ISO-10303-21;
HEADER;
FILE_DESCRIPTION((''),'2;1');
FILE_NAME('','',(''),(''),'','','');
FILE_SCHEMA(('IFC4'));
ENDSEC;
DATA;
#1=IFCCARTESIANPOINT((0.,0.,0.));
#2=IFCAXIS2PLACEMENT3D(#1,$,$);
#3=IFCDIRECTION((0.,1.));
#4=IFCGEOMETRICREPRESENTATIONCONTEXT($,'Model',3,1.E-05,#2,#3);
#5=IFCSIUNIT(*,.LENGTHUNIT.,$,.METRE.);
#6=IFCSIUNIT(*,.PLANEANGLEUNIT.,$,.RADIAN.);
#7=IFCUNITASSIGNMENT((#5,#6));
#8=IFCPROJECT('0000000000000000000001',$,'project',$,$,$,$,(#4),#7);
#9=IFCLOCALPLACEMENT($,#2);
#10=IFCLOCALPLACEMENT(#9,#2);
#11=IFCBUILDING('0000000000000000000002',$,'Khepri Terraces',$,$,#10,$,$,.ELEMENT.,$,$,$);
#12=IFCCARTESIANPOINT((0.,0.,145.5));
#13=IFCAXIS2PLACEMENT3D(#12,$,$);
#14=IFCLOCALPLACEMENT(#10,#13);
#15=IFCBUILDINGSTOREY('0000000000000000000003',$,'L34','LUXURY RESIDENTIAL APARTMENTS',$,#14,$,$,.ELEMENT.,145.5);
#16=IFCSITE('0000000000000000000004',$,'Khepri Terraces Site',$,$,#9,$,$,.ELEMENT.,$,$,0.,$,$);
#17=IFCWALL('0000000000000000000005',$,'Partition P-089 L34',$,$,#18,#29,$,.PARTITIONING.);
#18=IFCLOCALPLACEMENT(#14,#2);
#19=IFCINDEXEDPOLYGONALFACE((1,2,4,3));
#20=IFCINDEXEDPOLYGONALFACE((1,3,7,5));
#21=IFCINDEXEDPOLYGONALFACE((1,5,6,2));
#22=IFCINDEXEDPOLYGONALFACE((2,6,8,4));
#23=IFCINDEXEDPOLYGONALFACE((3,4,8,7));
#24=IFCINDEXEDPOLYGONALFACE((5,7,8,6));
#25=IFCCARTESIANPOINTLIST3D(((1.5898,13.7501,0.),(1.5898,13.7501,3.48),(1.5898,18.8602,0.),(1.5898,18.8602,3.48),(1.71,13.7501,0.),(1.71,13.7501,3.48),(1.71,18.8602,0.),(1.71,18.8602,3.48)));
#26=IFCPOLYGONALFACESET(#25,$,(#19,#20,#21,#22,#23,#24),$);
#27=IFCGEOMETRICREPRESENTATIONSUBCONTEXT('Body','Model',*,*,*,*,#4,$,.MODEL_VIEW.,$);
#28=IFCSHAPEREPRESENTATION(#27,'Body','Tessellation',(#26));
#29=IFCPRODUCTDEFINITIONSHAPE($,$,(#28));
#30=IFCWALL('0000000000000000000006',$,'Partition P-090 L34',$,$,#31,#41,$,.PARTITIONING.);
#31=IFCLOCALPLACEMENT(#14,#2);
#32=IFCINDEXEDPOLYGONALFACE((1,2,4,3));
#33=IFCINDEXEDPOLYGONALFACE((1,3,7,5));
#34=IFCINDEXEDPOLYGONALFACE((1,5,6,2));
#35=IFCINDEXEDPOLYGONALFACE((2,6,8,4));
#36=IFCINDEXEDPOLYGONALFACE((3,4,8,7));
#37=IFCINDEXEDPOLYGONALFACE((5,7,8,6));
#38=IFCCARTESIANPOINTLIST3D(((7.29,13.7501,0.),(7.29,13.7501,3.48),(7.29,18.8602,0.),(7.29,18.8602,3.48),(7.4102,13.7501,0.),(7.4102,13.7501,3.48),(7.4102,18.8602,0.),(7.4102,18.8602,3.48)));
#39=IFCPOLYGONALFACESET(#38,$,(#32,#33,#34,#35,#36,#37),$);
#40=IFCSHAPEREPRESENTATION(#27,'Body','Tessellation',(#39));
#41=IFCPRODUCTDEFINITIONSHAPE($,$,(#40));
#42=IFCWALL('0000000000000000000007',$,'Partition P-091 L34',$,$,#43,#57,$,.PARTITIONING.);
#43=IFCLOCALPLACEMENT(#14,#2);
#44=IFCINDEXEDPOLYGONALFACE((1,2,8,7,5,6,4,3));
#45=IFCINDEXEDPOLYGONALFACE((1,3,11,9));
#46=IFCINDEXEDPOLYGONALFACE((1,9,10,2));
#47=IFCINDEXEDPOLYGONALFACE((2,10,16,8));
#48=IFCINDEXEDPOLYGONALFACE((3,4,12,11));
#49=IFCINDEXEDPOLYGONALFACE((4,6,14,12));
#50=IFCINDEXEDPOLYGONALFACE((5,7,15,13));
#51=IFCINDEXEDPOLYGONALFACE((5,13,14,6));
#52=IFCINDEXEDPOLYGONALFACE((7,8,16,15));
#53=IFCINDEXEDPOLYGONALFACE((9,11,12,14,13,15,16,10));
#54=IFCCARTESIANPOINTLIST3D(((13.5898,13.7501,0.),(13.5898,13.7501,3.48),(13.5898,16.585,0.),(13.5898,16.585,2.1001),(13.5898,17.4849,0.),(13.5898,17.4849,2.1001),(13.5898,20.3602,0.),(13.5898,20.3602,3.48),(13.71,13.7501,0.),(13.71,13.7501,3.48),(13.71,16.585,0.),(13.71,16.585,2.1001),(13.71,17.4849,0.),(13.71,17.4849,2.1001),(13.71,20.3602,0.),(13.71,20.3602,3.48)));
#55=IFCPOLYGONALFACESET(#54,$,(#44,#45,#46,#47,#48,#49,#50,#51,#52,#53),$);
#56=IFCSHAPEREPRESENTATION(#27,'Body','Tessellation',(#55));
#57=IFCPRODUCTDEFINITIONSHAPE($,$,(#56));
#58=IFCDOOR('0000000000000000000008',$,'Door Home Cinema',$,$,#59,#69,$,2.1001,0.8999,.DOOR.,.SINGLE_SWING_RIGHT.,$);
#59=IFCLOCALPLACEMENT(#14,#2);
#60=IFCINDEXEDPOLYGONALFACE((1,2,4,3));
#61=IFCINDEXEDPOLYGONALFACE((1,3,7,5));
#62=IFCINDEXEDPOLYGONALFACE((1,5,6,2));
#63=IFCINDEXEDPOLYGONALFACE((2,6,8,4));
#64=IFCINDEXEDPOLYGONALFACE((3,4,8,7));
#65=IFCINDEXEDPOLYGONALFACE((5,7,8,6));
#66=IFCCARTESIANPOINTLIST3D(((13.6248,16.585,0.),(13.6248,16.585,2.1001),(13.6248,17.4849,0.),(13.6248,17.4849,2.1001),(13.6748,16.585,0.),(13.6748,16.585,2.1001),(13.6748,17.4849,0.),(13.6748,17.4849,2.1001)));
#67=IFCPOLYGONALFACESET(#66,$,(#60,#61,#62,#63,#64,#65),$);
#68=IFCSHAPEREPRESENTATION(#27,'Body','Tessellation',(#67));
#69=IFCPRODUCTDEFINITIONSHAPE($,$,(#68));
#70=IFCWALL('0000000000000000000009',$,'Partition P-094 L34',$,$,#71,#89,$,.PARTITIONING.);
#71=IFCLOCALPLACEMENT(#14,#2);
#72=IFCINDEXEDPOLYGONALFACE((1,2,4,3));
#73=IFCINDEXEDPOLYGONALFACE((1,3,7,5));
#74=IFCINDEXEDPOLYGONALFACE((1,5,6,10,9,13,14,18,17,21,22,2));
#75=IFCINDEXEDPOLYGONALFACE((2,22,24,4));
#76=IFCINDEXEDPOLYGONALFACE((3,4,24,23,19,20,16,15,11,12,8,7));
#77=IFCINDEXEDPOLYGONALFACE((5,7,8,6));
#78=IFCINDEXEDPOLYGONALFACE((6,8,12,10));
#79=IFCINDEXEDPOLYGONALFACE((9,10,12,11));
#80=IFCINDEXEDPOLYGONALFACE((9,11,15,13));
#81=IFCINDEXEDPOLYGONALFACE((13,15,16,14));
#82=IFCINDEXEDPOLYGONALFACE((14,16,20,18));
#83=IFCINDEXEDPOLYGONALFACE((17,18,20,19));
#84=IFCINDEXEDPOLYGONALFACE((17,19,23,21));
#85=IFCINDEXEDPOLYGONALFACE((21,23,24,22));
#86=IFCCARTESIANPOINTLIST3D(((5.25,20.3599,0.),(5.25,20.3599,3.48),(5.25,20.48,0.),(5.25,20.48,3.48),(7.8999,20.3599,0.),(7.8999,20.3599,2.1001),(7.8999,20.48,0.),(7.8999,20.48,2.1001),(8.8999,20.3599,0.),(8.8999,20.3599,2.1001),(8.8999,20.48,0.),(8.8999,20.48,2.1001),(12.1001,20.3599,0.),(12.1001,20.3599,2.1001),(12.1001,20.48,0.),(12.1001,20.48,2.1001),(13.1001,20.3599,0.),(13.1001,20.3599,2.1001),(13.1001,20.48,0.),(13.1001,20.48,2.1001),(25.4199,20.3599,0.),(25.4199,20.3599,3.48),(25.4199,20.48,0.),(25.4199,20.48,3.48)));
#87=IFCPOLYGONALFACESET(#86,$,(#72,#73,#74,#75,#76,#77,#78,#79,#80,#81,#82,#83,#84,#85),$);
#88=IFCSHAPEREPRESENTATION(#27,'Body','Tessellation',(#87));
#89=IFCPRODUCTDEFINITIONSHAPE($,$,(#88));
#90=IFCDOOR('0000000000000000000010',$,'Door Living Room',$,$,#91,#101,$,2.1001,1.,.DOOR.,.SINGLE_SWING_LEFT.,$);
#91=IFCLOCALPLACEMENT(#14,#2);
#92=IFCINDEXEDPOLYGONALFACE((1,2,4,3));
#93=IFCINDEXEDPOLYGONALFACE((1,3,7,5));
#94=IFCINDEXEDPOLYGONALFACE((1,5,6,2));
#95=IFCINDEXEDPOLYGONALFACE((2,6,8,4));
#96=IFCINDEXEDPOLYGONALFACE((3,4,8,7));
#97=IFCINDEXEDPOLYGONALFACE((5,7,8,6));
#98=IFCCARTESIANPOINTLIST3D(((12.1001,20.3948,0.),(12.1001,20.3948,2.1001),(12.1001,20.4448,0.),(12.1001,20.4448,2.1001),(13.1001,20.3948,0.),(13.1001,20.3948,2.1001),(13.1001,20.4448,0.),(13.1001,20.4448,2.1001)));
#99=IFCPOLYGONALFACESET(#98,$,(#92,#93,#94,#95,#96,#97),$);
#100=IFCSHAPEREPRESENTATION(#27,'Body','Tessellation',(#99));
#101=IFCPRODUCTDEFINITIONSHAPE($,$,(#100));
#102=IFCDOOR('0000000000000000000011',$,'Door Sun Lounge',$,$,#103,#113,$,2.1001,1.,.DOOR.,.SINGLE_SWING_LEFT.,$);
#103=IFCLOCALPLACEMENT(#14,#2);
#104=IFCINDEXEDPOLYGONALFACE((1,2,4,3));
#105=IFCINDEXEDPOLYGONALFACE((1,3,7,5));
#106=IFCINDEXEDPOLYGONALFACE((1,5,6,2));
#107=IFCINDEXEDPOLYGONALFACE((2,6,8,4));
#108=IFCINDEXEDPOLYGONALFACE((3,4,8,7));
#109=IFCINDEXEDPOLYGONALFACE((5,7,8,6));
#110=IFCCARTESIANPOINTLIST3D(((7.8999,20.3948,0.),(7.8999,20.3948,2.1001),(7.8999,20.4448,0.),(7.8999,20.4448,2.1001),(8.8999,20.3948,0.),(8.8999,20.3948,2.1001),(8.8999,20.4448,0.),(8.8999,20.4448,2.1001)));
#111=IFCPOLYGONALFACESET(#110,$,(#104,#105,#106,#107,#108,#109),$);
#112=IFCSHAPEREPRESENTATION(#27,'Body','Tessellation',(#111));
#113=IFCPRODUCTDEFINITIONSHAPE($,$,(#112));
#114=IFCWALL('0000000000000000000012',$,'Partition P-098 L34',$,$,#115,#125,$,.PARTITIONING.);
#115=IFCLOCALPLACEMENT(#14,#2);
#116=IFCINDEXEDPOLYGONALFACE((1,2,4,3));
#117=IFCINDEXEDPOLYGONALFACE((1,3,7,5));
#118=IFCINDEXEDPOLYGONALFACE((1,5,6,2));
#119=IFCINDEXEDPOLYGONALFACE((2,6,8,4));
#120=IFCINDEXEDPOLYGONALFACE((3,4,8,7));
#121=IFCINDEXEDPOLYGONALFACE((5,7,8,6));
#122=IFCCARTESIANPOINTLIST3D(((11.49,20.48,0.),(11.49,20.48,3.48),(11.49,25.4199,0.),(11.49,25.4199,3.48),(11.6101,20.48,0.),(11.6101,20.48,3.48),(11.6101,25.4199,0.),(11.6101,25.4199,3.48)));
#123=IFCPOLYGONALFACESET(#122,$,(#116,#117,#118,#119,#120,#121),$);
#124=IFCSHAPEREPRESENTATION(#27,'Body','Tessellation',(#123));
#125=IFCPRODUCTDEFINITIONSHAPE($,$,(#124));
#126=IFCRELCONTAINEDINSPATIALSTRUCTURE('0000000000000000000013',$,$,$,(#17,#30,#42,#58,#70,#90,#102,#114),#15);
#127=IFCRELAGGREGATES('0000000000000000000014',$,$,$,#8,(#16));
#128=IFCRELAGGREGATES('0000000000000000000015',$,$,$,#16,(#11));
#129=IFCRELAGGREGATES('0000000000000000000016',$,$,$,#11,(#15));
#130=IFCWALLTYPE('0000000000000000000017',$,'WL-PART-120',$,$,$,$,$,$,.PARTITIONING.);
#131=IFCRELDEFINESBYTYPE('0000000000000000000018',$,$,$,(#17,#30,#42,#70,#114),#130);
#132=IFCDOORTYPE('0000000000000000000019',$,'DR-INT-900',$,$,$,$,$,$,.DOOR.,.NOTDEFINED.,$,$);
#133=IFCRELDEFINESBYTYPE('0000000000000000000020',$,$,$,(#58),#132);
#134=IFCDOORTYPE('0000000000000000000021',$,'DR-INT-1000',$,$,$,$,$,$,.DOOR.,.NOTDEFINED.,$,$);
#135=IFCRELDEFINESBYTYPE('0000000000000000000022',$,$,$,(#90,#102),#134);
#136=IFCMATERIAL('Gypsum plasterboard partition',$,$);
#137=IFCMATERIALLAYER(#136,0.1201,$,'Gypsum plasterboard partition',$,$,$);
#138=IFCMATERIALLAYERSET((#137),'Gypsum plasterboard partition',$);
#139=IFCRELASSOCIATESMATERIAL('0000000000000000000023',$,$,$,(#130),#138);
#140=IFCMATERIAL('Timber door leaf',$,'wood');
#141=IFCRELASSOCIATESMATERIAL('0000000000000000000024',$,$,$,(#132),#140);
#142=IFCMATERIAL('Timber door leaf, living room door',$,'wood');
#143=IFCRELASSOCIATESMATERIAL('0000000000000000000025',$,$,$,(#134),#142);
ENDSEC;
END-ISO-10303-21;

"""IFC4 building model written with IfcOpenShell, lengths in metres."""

from ifc_helpers import new_model, si_unit, direction, frame, frame_2d, origin, place, context, subcontext, project, spatial, rectangle, extrude, material, layer, layer_set, type_object, element, fill, save


model = new_model("IFC4")

# Units and contexts
model_context = context("Model", 3, precision=1e-05, world=origin(), true_north=direction((0.0, 1.0)))
body_context = subcontext(model_context, "Body", "Model", "MODEL_VIEW")
ifc_project = project(units=[si_unit("LENGTHUNIT", "METRE"), si_unit("PLANEANGLEUNIT", "RADIAN")], contexts=[model_context])

# Site, building, storey
site_placement = place(None, origin())
site = spatial("IfcSite", under=ifc_project, at=site_placement, Name="Khepri Terraces Site", CompositionType="ELEMENT", RefElevation=0.0)
building_placement = place(site_placement, origin())
building = spatial("IfcBuilding", under=site, at=building_placement, Name="Khepri Terraces", CompositionType="ELEMENT")
storey_placement = place(building_placement, frame((0.0, 0.0, 145.5)))
storey = spatial("IfcBuildingStorey", under=building, at=storey_placement, Name="L34", Description="LUXURY RESIDENTIAL APARTMENTS", CompositionType="ELEMENT", Elevation=145.5)

# Walls
ifc_material_1 = material(Name="Gypsum plasterboard partition")
ifc_layer_1 = layer(ifc_material_1, 0.1201, Name="Gypsum plasterboard partition")
ifc_layer_set_1 = layer_set([ifc_layer_1], Name="Gypsum plasterboard partition")
wall_type_1 = type_object("IfcWallType", Name="WL-PART-120", PredefinedType="PARTITIONING", material=ifc_layer_set_1)
for number, where, z_axis, x_axis, name in (
    (1, (1.6499, 13.75, 0.0), (0.0, 0.0, 1.0), (0.0, 1.0, 0.0), "Partition P-089 L34"),
    (2, (7.3501, 13.75, 0.0), (0.0, 0.0, 1.0), (0.0, 1.0, 0.0), "Partition P-090 L34"),
):
    element("IfcWall", number, at=place(storey_placement, frame(where, z_axis=z_axis, x_axis=x_axis)), inside=storey, type_object=wall_type_1, Name=name, PredefinedType="PARTITIONING", context=body_context, shape_type="SweptSolid", body=[
        extrude(rectangle(XDim=5.1101, YDim=0.1201, at=frame_2d((2.5552, 0.0))), origin(), (0.0, 0.0, 1.0), 3.48),
    ])

# Wall, opening, door
wall_1_placement = place(storey_placement, frame((13.6499, 13.75, 0.0), z_axis=(0.0, 0.0, 1.0), x_axis=(0.0, 1.0, 0.0)))
wall_1 = element("IfcWall", 3, at=wall_1_placement, inside=storey, type_object=wall_type_1, Name="Partition P-091 L34", PredefinedType="PARTITIONING", context=body_context, shape_type="SweptSolid", body=[
    extrude(rectangle(XDim=6.6101, YDim=0.1201, at=frame_2d((3.3052, 0.0))), origin(), (0.0, 0.0, 1.0), 3.48),
])
opening_1_placement = place(wall_1_placement, frame((2.835, 0.0, 0.0)))
opening_1 = element("IfcOpeningElement", 4, at=opening_1_placement, cuts=wall_1, PredefinedType="OPENING", context=body_context, shape_type="SweptSolid", body=[
    extrude(rectangle(XDim=0.8999, YDim=2.1001, at=frame_2d((0.45, 1.05))), frame((0.0, 0.0701, 0.0), z_axis=(0.0, -1.0, 0.0), x_axis=(1.0, 0.0, 0.0)), (0.0, 0.0, 1.0), 0.1401),
])
ifc_material_2 = material(Name="Timber door leaf", Category="wood")
door_type_1 = type_object("IfcDoorType", Name="DR-INT-900", OperationType="NOTDEFINED", PredefinedType="DOOR", material=ifc_material_2)
door_1_placement = place(opening_1_placement, frame((0.8999, 0.0, 0.0), z_axis=(0.0, 0.0, 1.0), x_axis=(-1.0, 0.0, 0.0)))
door_1 = element("IfcDoor", 5, at=door_1_placement, inside=storey, type_object=door_type_1, Name="Door Home Cinema", OperationType="SINGLE_SWING_RIGHT", OverallHeight=2.1001, OverallWidth=0.8999, PredefinedType="DOOR", context=body_context, shape_type="SweptSolid", body=[
    extrude(rectangle(XDim=0.8999, YDim=2.1001, at=frame_2d((0.45, 1.05))), frame((0.0, 0.0249, 0.0), z_axis=(0.0, -1.0, 0.0), x_axis=(1.0, 0.0, 0.0)), (0.0, 0.0, 1.0), 0.05),
])
fill(opening_1, door_1)

# Wall, openings, doors
wall_2_placement = place(storey_placement, frame((5.25, 20.4199, 0.0), z_axis=(0.0, 0.0, 1.0), x_axis=(1.0, 0.0, 0.0)))
wall_2 = element("IfcWall", 6, at=wall_2_placement, inside=storey, type_object=wall_type_1, Name="Partition P-094 L34", PredefinedType="PARTITIONING", context=body_context, shape_type="SweptSolid", body=[
    extrude(rectangle(XDim=20.1699, YDim=0.1201, at=frame_2d((10.085, 0.0))), origin(), (0.0, 0.0, 1.0), 3.48),
])
opening_2_placement = place(wall_2_placement, frame((6.8501, 0.0, 0.0)))
opening_2 = element("IfcOpeningElement", 7, at=opening_2_placement, cuts=wall_2, PredefinedType="OPENING", context=body_context, shape_type="SweptSolid", body=[
    extrude(rectangle(XDim=1.0, YDim=2.1001, at=frame_2d((0.5, 1.05))), frame((0.0, 0.0701, 0.0), z_axis=(0.0, -1.0, 0.0), x_axis=(1.0, 0.0, 0.0)), (0.0, 0.0, 1.0), 0.1401),
])
opening_3_placement = place(wall_2_placement, frame((2.6499, 0.0, 0.0)))
opening_3 = element("IfcOpeningElement", 8, at=opening_3_placement, cuts=wall_2, PredefinedType="OPENING", context=body_context, shape_type="SweptSolid", body=[
    extrude(rectangle(XDim=1.0, YDim=2.1001, at=frame_2d((0.5, 1.05))), frame((0.0, 0.0701, 0.0), z_axis=(0.0, -1.0, 0.0), x_axis=(1.0, 0.0, 0.0)), (0.0, 0.0, 1.0), 0.1401),
])
ifc_material_3 = material(Name="Timber door leaf, living room door", Category="wood")
door_type_2 = type_object("IfcDoorType", Name="DR-INT-1000", OperationType="NOTDEFINED", PredefinedType="DOOR", material=ifc_material_3)
door_2_placement = place(opening_2_placement, origin())
door_2 = element("IfcDoor", 9, at=door_2_placement, inside=storey, type_object=door_type_2, Name="Door Living Room", OperationType="SINGLE_SWING_LEFT", OverallHeight=2.1001, OverallWidth=1.0, PredefinedType="DOOR", context=body_context, shape_type="SweptSolid", body=[
    extrude(rectangle(XDim=1.0, YDim=2.1001, at=frame_2d((0.5, 1.05))), frame((0.0, 0.0249, 0.0), z_axis=(0.0, -1.0, 0.0), x_axis=(1.0, 0.0, 0.0)), (0.0, 0.0, 1.0), 0.05),
])
fill(opening_2, door_2)
door_3_placement = place(opening_3_placement, origin())
door_3 = element("IfcDoor", 10, at=door_3_placement, inside=storey, type_object=door_type_2, Name="Door Sun Lounge", OperationType="SINGLE_SWING_LEFT", OverallHeight=2.1001, OverallWidth=1.0, PredefinedType="DOOR", context=body_context, shape_type="SweptSolid", body=[
    extrude(rectangle(XDim=1.0, YDim=2.1001, at=frame_2d((0.5, 1.05))), frame((0.0, 0.0249, 0.0), z_axis=(0.0, -1.0, 0.0), x_axis=(1.0, 0.0, 0.0)), (0.0, 0.0, 1.0), 0.05),
])
fill(opening_3, door_3)

# Wall
wall_3_placement = place(storey_placement, frame((11.55, 20.48, 0.0), z_axis=(0.0, 0.0, 1.0), x_axis=(0.0, 1.0, 0.0)))
element("IfcWall", 11, at=wall_3_placement, inside=storey, type_object=wall_type_1, Name="Partition P-098 L34", PredefinedType="PARTITIONING", context=body_context, shape_type="SweptSolid", body=[
    extrude(rectangle(XDim=4.9399, YDim=0.1201, at=frame_2d((2.47, 0.0))), origin(), (0.0, 0.0, 1.0), 3.48),
])

save(model, "model.ifc")
